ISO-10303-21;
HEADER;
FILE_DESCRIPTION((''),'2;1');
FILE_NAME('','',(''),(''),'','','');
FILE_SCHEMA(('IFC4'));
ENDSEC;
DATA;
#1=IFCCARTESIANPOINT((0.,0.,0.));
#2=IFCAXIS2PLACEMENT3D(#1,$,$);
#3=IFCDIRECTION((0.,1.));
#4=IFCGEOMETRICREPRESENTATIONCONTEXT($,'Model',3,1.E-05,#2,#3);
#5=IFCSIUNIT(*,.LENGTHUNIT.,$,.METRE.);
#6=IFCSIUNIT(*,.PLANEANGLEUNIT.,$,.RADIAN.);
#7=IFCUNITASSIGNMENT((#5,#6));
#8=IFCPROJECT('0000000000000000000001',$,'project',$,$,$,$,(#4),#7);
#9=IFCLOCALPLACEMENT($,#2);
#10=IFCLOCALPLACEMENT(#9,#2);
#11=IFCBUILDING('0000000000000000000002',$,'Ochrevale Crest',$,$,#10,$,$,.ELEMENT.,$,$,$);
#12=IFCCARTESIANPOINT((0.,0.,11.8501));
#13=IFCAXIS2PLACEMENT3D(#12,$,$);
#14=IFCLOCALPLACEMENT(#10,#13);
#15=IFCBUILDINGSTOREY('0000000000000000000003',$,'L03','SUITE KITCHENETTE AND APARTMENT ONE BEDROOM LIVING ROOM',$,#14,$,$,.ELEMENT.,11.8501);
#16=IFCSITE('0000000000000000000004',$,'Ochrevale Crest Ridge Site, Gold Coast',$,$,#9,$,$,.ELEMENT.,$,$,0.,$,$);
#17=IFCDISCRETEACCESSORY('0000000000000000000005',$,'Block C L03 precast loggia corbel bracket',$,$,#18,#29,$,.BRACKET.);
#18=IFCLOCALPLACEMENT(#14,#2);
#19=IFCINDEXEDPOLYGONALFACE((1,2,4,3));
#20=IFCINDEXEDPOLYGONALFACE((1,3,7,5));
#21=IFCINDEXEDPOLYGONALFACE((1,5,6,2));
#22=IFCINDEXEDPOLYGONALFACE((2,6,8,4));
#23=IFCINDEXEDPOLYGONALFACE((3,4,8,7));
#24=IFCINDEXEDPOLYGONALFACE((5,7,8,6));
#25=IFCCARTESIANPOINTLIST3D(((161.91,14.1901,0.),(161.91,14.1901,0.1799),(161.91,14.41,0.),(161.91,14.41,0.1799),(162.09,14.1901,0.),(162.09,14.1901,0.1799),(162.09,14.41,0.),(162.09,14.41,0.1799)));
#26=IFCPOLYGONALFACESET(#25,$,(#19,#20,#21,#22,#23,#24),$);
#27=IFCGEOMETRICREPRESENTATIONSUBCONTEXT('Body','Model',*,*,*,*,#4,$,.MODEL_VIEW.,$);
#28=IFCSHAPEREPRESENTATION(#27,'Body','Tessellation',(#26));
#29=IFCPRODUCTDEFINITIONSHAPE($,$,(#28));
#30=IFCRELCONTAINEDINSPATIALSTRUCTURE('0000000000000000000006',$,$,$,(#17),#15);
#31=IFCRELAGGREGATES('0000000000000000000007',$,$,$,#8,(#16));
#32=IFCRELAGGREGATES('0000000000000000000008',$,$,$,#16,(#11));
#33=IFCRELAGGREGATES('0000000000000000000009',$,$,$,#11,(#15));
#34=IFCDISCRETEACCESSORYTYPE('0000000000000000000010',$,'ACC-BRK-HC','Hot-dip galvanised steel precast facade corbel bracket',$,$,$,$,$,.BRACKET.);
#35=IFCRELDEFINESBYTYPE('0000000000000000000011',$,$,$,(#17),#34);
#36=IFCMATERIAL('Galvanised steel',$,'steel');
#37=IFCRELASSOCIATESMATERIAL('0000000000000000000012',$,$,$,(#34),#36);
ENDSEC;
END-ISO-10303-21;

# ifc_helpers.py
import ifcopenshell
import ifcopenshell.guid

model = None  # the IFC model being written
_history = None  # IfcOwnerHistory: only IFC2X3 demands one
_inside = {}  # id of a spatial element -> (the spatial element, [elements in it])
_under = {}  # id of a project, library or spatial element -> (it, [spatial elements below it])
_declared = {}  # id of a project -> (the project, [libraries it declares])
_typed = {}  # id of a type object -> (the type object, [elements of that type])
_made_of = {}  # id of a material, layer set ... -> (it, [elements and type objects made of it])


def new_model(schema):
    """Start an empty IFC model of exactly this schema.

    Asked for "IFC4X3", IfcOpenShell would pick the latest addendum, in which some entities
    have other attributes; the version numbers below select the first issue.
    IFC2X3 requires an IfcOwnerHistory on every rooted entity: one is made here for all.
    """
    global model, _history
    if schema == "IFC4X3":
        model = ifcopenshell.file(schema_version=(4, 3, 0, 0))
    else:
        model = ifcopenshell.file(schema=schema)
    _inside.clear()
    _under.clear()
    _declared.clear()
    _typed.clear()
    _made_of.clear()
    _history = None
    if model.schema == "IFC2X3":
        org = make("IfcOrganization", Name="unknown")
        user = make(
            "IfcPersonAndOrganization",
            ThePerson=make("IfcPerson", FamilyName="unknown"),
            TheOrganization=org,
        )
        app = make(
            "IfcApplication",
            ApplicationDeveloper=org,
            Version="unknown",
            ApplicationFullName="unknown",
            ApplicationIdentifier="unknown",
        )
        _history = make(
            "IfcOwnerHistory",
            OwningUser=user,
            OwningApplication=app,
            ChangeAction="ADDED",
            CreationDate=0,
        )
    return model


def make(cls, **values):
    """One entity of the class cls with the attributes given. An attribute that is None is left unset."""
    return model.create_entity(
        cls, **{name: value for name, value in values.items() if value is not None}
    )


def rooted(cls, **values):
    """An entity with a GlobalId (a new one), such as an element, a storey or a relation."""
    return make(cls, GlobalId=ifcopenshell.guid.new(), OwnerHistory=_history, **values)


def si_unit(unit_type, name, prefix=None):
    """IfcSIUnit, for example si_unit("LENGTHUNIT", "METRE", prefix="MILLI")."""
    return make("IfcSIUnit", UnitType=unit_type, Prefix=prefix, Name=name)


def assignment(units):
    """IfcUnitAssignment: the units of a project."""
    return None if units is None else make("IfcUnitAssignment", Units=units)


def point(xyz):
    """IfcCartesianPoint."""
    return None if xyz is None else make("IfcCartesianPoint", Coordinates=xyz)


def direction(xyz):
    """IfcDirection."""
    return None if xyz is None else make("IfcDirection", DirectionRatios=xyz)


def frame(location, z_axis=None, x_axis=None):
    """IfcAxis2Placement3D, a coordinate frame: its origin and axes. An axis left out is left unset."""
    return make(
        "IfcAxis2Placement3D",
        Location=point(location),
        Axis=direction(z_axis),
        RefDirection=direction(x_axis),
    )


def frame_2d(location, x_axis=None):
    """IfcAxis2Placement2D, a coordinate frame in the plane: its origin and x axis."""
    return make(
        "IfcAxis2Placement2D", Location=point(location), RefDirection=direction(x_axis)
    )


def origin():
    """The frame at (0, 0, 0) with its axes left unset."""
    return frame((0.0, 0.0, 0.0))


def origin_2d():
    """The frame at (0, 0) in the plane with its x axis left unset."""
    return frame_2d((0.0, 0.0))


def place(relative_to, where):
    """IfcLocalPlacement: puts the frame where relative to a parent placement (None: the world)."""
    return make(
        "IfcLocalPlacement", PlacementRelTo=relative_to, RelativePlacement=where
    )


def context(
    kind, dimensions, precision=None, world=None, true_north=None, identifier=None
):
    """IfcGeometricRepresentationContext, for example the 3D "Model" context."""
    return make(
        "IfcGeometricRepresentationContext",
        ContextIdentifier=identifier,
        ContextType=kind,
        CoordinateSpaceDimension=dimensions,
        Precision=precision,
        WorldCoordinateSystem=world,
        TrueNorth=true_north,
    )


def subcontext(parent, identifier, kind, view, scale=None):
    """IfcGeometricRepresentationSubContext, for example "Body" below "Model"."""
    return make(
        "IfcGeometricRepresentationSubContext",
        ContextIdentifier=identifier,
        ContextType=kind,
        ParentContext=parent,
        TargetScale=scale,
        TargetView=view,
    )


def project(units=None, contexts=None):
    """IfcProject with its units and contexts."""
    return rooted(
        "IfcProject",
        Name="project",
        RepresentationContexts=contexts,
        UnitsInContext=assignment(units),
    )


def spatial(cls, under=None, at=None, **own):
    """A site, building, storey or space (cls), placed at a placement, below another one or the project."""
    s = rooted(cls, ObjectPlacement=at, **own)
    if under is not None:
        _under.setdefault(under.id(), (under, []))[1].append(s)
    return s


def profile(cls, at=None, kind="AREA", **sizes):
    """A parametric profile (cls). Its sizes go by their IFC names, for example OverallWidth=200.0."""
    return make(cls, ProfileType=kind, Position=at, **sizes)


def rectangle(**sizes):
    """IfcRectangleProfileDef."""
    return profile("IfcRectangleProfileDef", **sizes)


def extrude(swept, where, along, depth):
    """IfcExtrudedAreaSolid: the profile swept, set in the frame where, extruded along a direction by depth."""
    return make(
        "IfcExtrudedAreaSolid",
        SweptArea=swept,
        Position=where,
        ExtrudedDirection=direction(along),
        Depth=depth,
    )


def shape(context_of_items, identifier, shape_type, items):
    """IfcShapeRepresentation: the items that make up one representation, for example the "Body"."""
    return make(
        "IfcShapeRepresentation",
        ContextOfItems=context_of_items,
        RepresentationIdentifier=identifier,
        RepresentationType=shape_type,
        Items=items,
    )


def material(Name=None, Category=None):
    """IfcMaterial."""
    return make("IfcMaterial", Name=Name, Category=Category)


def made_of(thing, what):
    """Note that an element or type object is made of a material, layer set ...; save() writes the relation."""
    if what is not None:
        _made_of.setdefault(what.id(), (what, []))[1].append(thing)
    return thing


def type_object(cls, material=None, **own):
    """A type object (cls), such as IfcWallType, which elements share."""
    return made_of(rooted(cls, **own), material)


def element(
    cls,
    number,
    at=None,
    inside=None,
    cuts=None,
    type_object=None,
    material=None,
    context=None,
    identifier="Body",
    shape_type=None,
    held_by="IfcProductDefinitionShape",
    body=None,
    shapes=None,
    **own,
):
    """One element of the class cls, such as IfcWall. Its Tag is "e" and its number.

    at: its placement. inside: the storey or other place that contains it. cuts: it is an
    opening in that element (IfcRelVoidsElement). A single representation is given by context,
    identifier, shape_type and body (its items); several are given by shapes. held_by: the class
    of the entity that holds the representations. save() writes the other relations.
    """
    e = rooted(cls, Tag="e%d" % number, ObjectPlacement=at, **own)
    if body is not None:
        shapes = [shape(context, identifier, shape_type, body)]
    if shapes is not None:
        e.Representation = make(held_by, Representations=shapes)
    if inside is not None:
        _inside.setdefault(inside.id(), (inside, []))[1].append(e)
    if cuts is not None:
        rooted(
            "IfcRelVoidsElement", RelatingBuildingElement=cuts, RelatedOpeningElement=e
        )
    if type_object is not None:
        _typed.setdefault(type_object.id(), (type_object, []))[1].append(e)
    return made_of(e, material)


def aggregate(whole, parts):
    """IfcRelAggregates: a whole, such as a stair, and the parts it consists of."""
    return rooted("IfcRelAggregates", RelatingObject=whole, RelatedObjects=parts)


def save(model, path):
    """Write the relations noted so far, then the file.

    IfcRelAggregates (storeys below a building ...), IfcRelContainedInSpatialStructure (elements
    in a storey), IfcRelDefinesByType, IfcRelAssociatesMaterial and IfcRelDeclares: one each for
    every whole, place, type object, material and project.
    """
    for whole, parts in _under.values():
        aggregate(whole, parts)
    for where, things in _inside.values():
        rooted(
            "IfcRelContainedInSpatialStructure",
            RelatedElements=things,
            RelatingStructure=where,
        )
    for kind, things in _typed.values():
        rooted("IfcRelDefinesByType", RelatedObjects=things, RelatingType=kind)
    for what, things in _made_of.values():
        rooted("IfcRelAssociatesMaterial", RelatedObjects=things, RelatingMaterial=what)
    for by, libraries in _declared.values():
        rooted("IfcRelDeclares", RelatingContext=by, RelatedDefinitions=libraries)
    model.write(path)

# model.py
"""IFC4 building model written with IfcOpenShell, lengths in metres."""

from ifc_helpers import new_model, si_unit, direction, frame, origin, origin_2d, place, context, subcontext, project, spatial, rectangle, extrude, material, type_object, element, save


model = new_model("IFC4")

# Units and contexts
model_context = context("Model", 3, precision=1e-05, world=origin(), true_north=direction((0.0, 1.0)))
body_context = subcontext(model_context, "Body", "Model", "MODEL_VIEW")
ifc_project = project(units=[si_unit("LENGTHUNIT", "METRE"), si_unit("PLANEANGLEUNIT", "RADIAN")], contexts=[model_context])

# Site, building, storey
site_placement = place(None, origin())
site = spatial("IfcSite", under=ifc_project, at=site_placement, Name="Ochrevale Crest Ridge Site, Gold Coast", CompositionType="ELEMENT", RefElevation=0.0)
building_placement = place(site_placement, origin())
building = spatial("IfcBuilding", under=site, at=building_placement, Name="Ochrevale Crest", CompositionType="ELEMENT")
storey_placement = place(building_placement, frame((0.0, 0.0, 11.8501)))
storey = spatial("IfcBuildingStorey", under=building, at=storey_placement, Name="L03", Description="SUITE KITCHENETTE AND APARTMENT ONE BEDROOM LIVING ROOM", CompositionType="ELEMENT", Elevation=11.8501)

# Shared definitions
ifc_material_1 = material(Name="Galvanised steel", Category="steel")

# Discrete accessory
discrete_accessory_type = type_object("IfcDiscreteAccessoryType", Name="ACC-BRK-HC", Description="Hot-dip galvanised steel precast facade corbel bracket", PredefinedType="BRACKET", material=ifc_material_1)
discrete_accessory_placement = place(storey_placement, frame((162.0, 14.3, 0.0), z_axis=(0.0, 0.0, 1.0), x_axis=(1.0, 0.0, 0.0)))
element("IfcDiscreteAccessory", 1, at=discrete_accessory_placement, inside=storey, type_object=discrete_accessory_type, Name="Block C L03 precast loggia corbel bracket", PredefinedType="BRACKET", context=body_context, shape_type="SweptSolid", body=[
    extrude(rectangle(XDim=0.1799, YDim=0.22, at=origin_2d()), origin(), (0.0, 0.0, 1.0), 0.1799),
])

save(model, "model.ifc")
